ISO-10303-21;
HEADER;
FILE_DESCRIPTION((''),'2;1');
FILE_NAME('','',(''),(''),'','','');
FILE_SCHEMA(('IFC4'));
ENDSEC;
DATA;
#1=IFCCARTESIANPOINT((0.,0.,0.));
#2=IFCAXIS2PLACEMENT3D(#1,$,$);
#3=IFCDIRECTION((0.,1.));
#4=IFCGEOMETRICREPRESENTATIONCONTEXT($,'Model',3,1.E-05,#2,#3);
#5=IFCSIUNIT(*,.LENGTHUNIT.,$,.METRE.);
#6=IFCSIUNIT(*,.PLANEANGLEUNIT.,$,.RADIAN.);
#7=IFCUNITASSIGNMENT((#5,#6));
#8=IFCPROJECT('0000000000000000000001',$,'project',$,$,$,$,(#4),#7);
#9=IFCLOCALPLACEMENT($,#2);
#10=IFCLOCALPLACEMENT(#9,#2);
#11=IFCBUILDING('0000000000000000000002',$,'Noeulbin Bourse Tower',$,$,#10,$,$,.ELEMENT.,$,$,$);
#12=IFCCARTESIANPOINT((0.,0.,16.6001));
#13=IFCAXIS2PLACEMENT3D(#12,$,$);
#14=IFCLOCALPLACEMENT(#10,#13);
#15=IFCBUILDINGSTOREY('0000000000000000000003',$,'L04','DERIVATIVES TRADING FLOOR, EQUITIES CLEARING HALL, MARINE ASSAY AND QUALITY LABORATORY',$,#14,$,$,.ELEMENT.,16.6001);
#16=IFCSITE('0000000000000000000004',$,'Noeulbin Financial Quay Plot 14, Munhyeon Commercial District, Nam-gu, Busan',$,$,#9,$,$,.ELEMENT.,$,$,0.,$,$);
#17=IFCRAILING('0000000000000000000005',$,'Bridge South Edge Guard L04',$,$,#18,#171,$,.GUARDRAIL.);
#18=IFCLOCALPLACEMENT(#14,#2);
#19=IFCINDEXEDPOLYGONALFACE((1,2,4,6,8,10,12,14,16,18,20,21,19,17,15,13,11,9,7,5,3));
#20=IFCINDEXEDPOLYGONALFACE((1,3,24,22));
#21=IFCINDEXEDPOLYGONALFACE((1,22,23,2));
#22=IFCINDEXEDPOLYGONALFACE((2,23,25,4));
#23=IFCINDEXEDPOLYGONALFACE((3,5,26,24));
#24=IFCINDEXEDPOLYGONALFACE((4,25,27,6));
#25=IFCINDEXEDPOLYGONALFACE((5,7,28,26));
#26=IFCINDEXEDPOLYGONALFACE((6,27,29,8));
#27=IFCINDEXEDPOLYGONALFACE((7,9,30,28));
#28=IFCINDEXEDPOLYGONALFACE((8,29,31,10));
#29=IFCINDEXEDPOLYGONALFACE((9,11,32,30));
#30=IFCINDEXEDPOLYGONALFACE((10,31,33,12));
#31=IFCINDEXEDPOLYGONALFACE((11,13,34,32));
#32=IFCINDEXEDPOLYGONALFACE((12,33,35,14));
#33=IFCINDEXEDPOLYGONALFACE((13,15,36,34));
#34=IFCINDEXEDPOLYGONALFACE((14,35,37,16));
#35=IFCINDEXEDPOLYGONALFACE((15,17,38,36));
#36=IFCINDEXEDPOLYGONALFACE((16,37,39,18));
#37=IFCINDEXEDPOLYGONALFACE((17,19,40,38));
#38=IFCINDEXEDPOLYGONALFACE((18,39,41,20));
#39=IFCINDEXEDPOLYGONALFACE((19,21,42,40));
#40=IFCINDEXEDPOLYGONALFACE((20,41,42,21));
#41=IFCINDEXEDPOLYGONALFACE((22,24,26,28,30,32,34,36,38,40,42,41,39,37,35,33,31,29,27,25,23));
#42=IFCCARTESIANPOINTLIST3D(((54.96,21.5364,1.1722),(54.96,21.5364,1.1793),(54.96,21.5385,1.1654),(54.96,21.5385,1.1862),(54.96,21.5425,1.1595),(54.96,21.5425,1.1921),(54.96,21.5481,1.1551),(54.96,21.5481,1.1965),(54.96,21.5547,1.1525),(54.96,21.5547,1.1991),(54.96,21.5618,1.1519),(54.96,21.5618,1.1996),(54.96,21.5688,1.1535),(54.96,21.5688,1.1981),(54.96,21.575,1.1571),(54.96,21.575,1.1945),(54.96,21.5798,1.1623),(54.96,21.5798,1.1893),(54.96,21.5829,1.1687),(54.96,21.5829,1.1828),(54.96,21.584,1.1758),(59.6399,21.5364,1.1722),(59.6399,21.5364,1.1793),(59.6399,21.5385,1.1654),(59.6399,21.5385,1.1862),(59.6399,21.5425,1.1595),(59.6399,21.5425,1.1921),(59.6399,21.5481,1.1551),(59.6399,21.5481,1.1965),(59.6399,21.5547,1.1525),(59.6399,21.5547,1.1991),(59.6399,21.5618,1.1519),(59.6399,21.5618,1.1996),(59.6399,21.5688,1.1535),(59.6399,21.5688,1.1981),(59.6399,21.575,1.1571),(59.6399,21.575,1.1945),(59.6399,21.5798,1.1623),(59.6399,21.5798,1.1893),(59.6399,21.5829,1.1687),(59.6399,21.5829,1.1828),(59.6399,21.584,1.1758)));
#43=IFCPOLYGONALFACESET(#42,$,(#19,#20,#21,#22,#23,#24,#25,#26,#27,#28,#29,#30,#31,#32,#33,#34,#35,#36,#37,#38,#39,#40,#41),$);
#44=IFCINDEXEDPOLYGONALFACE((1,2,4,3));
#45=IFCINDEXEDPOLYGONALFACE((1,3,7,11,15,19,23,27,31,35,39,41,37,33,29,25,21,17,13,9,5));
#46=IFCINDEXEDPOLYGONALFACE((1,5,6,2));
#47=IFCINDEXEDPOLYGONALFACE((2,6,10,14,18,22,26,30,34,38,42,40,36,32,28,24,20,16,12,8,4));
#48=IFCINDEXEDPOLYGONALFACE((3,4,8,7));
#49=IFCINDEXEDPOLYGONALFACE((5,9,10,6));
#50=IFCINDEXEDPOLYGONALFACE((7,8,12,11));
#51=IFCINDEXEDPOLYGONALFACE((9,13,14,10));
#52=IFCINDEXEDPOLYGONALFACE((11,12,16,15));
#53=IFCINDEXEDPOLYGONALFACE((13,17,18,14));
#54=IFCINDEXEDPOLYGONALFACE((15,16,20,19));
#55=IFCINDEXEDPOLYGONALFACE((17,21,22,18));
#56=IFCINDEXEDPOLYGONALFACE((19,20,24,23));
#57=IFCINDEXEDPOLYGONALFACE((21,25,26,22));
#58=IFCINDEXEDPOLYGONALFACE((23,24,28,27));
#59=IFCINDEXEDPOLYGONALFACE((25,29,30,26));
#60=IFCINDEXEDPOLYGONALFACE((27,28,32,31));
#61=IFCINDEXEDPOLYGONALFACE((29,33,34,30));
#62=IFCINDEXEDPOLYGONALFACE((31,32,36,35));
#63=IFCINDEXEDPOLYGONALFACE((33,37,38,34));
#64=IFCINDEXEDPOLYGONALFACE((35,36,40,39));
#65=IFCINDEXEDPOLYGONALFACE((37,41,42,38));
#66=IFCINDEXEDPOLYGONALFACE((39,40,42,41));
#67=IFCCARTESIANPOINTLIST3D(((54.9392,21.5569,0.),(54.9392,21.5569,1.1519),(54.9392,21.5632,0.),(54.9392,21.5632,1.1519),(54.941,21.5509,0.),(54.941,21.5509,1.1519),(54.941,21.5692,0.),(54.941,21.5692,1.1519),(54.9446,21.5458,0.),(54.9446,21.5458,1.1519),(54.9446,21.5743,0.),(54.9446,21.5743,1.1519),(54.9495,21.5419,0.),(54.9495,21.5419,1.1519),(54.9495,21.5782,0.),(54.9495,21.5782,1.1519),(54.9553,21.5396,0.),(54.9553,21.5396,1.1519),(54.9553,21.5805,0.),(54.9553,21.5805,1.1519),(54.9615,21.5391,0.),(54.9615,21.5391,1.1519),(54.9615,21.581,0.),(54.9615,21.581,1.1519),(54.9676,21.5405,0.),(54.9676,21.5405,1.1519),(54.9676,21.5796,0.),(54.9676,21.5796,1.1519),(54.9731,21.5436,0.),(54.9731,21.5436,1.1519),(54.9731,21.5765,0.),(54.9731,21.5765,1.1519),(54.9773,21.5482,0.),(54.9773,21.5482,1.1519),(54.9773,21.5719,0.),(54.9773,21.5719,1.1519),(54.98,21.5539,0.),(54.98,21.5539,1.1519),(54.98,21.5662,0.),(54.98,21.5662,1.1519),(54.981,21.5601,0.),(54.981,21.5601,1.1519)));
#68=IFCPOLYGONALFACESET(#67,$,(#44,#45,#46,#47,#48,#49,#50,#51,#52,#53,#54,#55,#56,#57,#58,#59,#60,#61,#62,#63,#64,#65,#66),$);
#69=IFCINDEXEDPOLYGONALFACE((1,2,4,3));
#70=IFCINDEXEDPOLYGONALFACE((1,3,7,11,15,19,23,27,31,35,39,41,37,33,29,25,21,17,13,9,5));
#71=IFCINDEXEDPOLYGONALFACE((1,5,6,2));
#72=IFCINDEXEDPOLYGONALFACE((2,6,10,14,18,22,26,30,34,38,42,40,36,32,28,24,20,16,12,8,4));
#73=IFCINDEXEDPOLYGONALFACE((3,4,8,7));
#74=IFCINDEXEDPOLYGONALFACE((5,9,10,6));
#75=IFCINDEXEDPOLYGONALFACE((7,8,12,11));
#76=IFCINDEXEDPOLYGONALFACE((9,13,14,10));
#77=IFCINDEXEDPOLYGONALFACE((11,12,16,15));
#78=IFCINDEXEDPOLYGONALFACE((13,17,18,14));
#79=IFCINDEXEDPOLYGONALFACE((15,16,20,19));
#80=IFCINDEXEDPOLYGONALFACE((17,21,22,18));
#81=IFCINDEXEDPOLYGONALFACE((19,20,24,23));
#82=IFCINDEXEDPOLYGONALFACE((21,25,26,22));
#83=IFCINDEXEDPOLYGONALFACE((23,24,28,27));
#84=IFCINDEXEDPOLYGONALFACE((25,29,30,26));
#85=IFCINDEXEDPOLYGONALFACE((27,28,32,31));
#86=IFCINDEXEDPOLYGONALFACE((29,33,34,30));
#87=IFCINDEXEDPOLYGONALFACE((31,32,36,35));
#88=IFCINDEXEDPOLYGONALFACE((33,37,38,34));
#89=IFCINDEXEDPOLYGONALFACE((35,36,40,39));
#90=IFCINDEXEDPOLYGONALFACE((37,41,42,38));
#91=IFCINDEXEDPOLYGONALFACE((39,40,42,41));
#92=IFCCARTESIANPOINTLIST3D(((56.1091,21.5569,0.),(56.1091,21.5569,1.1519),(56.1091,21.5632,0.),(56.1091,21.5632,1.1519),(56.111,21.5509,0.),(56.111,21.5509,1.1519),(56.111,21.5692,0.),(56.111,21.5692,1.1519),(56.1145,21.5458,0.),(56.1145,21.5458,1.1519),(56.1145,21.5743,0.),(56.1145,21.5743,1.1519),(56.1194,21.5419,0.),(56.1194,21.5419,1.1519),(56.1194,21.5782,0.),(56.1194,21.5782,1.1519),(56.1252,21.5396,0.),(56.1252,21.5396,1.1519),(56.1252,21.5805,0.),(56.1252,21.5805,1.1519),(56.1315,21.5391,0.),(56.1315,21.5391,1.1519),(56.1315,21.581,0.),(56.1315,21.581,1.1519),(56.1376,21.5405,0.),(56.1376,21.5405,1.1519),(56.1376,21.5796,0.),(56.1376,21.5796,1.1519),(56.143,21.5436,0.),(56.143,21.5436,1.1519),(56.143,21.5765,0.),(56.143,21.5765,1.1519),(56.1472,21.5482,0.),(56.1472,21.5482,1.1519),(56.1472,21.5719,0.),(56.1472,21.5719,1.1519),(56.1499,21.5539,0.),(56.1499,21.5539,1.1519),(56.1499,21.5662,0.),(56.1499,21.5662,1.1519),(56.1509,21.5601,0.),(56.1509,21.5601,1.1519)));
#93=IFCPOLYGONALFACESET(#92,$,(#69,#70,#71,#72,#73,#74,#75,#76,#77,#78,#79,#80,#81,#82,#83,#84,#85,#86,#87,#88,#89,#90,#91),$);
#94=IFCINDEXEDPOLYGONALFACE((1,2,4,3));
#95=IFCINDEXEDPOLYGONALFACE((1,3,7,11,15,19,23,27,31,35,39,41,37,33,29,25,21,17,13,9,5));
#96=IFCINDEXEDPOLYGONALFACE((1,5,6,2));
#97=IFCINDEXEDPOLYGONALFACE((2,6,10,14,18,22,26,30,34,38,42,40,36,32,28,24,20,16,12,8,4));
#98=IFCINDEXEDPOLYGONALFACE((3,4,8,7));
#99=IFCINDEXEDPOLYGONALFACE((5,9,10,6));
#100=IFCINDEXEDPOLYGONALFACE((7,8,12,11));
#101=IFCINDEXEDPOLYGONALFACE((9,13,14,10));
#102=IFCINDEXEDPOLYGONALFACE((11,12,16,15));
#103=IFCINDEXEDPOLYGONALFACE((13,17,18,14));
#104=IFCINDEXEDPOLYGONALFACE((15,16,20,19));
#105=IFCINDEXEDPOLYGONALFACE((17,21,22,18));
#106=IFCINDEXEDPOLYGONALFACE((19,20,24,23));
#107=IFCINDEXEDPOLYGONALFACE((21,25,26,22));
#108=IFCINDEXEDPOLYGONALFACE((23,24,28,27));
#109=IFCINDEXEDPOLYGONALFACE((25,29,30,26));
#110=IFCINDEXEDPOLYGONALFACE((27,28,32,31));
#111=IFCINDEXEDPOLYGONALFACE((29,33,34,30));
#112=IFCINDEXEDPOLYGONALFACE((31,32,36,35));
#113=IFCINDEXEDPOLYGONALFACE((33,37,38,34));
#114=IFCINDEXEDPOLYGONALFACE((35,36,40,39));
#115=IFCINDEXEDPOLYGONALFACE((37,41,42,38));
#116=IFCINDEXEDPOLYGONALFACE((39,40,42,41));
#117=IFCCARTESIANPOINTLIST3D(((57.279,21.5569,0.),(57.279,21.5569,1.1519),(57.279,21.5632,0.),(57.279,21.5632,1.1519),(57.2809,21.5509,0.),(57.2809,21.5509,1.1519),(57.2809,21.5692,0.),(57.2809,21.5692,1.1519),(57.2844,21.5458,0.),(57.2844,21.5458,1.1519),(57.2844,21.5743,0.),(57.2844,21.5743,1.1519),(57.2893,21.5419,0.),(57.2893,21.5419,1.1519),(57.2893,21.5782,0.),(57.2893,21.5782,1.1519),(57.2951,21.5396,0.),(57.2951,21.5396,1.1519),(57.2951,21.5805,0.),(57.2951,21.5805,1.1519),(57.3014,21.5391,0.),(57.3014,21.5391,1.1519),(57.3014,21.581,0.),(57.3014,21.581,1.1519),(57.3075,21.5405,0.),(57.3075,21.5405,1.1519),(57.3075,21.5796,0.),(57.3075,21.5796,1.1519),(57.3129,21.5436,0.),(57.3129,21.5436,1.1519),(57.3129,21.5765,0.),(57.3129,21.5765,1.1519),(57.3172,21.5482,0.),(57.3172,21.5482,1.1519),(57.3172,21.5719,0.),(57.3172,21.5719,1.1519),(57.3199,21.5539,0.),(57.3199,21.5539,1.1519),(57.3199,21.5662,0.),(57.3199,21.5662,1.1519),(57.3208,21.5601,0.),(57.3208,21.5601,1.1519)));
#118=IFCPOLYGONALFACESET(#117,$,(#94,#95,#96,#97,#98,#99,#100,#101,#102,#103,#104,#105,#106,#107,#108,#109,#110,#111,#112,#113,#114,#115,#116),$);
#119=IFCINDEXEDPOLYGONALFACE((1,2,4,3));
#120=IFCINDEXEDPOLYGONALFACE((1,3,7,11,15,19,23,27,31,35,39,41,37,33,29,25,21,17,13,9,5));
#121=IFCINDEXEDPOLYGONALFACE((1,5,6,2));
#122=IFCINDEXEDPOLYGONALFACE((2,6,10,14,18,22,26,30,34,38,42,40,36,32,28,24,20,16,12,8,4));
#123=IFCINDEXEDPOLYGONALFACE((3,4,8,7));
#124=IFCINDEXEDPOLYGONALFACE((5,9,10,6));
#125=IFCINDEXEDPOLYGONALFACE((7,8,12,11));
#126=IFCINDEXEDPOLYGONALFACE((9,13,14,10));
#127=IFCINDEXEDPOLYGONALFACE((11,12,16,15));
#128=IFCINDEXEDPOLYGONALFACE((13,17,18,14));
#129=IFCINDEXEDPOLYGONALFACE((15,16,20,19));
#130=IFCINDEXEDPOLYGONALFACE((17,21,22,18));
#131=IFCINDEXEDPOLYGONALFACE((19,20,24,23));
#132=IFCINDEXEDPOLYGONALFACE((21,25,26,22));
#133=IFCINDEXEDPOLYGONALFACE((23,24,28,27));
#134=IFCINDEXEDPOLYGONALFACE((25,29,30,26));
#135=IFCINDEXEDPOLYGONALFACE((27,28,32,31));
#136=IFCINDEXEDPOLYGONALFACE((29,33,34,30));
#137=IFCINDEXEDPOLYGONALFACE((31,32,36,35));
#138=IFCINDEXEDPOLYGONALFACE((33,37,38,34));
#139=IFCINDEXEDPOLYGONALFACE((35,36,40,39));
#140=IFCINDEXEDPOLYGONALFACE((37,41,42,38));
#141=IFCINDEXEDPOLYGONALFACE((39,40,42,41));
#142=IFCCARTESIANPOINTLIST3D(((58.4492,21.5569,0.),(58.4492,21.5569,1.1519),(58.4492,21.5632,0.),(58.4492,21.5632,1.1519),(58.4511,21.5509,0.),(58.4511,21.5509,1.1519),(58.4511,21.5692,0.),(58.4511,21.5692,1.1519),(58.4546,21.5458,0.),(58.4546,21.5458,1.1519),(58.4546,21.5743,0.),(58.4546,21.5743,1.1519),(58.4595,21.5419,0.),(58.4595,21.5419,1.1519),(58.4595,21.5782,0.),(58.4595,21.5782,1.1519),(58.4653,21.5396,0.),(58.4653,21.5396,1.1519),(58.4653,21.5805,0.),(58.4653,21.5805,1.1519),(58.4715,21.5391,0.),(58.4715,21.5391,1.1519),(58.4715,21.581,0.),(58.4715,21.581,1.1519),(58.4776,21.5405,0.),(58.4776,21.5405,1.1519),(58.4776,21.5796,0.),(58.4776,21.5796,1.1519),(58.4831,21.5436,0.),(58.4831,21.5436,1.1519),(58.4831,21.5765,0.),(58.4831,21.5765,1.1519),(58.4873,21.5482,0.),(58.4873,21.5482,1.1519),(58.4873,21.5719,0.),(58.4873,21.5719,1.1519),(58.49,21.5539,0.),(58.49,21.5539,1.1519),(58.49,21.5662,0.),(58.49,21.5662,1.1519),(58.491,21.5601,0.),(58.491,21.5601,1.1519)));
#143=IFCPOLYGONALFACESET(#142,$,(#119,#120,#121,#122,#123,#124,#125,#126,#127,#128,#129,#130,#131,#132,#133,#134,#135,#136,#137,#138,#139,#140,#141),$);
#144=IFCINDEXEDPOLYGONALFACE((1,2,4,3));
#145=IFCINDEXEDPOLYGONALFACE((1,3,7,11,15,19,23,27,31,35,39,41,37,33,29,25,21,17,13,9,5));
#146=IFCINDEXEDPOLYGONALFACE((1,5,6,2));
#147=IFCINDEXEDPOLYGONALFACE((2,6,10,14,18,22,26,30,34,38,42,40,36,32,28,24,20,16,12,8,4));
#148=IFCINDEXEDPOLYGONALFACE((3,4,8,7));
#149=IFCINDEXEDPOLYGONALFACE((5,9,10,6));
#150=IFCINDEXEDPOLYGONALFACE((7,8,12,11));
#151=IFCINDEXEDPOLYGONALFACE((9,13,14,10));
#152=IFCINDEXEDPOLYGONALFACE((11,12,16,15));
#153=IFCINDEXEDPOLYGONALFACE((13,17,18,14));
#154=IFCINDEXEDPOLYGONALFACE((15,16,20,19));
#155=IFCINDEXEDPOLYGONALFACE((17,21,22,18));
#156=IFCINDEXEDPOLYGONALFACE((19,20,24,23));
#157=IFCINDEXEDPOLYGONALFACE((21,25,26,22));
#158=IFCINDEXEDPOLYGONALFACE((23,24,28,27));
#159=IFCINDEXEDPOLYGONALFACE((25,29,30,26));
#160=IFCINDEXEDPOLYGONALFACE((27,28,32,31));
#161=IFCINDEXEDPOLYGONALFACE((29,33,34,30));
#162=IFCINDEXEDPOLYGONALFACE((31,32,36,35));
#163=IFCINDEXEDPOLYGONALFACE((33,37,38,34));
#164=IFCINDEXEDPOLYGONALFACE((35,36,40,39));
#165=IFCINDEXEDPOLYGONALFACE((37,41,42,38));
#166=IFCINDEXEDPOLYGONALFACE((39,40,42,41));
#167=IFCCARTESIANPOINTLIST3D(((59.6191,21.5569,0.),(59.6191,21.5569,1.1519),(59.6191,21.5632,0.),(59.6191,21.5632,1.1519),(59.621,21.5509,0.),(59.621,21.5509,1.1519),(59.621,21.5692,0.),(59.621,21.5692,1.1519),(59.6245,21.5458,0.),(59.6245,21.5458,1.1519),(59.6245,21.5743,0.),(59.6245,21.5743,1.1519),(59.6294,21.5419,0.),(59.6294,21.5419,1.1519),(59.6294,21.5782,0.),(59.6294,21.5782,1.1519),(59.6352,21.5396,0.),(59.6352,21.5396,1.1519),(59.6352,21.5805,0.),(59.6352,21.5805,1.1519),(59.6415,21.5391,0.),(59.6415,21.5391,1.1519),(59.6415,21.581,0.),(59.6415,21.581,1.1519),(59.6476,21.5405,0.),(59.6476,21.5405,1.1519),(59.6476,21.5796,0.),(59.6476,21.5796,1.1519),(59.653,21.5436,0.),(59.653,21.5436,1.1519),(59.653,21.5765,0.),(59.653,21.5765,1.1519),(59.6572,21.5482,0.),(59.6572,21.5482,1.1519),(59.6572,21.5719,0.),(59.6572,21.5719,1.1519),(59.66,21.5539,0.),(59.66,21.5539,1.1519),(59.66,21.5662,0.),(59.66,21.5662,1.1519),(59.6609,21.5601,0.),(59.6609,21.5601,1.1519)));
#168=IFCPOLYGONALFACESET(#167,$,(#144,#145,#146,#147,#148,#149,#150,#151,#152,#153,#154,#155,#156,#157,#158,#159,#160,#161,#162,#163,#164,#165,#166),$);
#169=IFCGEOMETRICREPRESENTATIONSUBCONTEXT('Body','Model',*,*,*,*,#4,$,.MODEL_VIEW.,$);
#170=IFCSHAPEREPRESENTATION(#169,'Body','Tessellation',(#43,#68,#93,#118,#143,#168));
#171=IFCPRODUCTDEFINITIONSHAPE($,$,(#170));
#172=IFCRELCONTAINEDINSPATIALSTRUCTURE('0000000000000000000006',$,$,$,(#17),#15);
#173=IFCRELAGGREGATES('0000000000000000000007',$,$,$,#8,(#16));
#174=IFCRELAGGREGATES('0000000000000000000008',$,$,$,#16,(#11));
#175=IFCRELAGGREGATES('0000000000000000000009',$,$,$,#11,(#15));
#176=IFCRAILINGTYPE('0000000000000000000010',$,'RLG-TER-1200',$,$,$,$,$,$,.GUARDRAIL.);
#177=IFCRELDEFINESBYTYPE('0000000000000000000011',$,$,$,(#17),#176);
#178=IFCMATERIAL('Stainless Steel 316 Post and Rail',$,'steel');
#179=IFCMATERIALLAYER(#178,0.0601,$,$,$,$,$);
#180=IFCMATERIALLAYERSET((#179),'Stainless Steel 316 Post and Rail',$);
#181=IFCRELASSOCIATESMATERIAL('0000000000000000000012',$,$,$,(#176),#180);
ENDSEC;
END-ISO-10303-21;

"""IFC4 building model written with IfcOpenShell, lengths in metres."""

from ifc_helpers import new_model, si_unit, direction, frame, origin, origin_2d, place, context, subcontext, project, spatial, circle, extrude, material, layer, layer_set, type_object, element, save


model = new_model("IFC4")

# Units and contexts
model_context = context("Model", 3, precision=1e-05, world=origin(), true_north=direction((0.0, 1.0)))
body_context = subcontext(model_context, "Body", "Model", "MODEL_VIEW")
ifc_project = project(units=[si_unit("LENGTHUNIT", "METRE"), si_unit("PLANEANGLEUNIT", "RADIAN")], contexts=[model_context])

# Site, building, storey
site_placement = place(None, origin())
site = spatial("IfcSite", under=ifc_project, at=site_placement, Name="Noeulbin Financial Quay Plot 14, Munhyeon Commercial District, Nam-gu, Busan", CompositionType="ELEMENT", RefElevation=0.0)
building_placement = place(site_placement, origin())
building = spatial("IfcBuilding", under=site, at=building_placement, Name="Noeulbin Bourse Tower", CompositionType="ELEMENT")
storey_placement = place(building_placement, frame((0.0, 0.0, 16.6001)))
storey = spatial("IfcBuildingStorey", under=building, at=storey_placement, Name="L04", Description="DERIVATIVES TRADING FLOOR, EQUITIES CLEARING HALL, MARINE ASSAY AND QUALITY LABORATORY", CompositionType="ELEMENT", Elevation=16.6001)

# Railing
ifc_material_1 = material(Name="Stainless Steel 316 Post and Rail", Category="steel")
ifc_layer_1 = layer(ifc_material_1, 0.0601)
ifc_layer_set_1 = layer_set([ifc_layer_1], Name="Stainless Steel 316 Post and Rail")
railing_type = type_object("IfcRailingType", Name="RLG-TER-1200", PredefinedType="GUARDRAIL", material=ifc_layer_set_1)
railing_1_placement = place(storey_placement, frame((54.96, 21.5601, 0.0)))
element("IfcRailing", 1, at=railing_1_placement, inside=storey, type_object=railing_type, Name="Bridge South Edge Guard L04", PredefinedType="GUARDRAIL", context=body_context, shape_type="SweptSolid", body=[
    extrude(circle(Radius=0.0239, at=origin_2d()), frame((0.0, 0.0, 1.1758), z_axis=(1.0, 0.0, 0.0), x_axis=(0.0, 1.0, 0.0)), (0.0, 0.0, 1.0), 4.6799),
    extrude(circle(Radius=0.021, at=origin_2d()), origin(), (0.0, 0.0, 1.0), 1.1519),
    extrude(circle(Radius=0.021, at=origin_2d()), frame((1.1699, 0.0, 0.0)), (0.0, 0.0, 1.0), 1.1519),
    extrude(circle(Radius=0.021, at=origin_2d()), frame((2.3398, 0.0, 0.0)), (0.0, 0.0, 1.0), 1.1519),
    extrude(circle(Radius=0.021, at=origin_2d()), frame((3.51, 0.0, 0.0)), (0.0, 0.0, 1.0), 1.1519),
    extrude(circle(Radius=0.021, at=origin_2d()), frame((4.6799, 0.0, 0.0)), (0.0, 0.0, 1.0), 1.1519),
])

save(model, "model.ifc")
